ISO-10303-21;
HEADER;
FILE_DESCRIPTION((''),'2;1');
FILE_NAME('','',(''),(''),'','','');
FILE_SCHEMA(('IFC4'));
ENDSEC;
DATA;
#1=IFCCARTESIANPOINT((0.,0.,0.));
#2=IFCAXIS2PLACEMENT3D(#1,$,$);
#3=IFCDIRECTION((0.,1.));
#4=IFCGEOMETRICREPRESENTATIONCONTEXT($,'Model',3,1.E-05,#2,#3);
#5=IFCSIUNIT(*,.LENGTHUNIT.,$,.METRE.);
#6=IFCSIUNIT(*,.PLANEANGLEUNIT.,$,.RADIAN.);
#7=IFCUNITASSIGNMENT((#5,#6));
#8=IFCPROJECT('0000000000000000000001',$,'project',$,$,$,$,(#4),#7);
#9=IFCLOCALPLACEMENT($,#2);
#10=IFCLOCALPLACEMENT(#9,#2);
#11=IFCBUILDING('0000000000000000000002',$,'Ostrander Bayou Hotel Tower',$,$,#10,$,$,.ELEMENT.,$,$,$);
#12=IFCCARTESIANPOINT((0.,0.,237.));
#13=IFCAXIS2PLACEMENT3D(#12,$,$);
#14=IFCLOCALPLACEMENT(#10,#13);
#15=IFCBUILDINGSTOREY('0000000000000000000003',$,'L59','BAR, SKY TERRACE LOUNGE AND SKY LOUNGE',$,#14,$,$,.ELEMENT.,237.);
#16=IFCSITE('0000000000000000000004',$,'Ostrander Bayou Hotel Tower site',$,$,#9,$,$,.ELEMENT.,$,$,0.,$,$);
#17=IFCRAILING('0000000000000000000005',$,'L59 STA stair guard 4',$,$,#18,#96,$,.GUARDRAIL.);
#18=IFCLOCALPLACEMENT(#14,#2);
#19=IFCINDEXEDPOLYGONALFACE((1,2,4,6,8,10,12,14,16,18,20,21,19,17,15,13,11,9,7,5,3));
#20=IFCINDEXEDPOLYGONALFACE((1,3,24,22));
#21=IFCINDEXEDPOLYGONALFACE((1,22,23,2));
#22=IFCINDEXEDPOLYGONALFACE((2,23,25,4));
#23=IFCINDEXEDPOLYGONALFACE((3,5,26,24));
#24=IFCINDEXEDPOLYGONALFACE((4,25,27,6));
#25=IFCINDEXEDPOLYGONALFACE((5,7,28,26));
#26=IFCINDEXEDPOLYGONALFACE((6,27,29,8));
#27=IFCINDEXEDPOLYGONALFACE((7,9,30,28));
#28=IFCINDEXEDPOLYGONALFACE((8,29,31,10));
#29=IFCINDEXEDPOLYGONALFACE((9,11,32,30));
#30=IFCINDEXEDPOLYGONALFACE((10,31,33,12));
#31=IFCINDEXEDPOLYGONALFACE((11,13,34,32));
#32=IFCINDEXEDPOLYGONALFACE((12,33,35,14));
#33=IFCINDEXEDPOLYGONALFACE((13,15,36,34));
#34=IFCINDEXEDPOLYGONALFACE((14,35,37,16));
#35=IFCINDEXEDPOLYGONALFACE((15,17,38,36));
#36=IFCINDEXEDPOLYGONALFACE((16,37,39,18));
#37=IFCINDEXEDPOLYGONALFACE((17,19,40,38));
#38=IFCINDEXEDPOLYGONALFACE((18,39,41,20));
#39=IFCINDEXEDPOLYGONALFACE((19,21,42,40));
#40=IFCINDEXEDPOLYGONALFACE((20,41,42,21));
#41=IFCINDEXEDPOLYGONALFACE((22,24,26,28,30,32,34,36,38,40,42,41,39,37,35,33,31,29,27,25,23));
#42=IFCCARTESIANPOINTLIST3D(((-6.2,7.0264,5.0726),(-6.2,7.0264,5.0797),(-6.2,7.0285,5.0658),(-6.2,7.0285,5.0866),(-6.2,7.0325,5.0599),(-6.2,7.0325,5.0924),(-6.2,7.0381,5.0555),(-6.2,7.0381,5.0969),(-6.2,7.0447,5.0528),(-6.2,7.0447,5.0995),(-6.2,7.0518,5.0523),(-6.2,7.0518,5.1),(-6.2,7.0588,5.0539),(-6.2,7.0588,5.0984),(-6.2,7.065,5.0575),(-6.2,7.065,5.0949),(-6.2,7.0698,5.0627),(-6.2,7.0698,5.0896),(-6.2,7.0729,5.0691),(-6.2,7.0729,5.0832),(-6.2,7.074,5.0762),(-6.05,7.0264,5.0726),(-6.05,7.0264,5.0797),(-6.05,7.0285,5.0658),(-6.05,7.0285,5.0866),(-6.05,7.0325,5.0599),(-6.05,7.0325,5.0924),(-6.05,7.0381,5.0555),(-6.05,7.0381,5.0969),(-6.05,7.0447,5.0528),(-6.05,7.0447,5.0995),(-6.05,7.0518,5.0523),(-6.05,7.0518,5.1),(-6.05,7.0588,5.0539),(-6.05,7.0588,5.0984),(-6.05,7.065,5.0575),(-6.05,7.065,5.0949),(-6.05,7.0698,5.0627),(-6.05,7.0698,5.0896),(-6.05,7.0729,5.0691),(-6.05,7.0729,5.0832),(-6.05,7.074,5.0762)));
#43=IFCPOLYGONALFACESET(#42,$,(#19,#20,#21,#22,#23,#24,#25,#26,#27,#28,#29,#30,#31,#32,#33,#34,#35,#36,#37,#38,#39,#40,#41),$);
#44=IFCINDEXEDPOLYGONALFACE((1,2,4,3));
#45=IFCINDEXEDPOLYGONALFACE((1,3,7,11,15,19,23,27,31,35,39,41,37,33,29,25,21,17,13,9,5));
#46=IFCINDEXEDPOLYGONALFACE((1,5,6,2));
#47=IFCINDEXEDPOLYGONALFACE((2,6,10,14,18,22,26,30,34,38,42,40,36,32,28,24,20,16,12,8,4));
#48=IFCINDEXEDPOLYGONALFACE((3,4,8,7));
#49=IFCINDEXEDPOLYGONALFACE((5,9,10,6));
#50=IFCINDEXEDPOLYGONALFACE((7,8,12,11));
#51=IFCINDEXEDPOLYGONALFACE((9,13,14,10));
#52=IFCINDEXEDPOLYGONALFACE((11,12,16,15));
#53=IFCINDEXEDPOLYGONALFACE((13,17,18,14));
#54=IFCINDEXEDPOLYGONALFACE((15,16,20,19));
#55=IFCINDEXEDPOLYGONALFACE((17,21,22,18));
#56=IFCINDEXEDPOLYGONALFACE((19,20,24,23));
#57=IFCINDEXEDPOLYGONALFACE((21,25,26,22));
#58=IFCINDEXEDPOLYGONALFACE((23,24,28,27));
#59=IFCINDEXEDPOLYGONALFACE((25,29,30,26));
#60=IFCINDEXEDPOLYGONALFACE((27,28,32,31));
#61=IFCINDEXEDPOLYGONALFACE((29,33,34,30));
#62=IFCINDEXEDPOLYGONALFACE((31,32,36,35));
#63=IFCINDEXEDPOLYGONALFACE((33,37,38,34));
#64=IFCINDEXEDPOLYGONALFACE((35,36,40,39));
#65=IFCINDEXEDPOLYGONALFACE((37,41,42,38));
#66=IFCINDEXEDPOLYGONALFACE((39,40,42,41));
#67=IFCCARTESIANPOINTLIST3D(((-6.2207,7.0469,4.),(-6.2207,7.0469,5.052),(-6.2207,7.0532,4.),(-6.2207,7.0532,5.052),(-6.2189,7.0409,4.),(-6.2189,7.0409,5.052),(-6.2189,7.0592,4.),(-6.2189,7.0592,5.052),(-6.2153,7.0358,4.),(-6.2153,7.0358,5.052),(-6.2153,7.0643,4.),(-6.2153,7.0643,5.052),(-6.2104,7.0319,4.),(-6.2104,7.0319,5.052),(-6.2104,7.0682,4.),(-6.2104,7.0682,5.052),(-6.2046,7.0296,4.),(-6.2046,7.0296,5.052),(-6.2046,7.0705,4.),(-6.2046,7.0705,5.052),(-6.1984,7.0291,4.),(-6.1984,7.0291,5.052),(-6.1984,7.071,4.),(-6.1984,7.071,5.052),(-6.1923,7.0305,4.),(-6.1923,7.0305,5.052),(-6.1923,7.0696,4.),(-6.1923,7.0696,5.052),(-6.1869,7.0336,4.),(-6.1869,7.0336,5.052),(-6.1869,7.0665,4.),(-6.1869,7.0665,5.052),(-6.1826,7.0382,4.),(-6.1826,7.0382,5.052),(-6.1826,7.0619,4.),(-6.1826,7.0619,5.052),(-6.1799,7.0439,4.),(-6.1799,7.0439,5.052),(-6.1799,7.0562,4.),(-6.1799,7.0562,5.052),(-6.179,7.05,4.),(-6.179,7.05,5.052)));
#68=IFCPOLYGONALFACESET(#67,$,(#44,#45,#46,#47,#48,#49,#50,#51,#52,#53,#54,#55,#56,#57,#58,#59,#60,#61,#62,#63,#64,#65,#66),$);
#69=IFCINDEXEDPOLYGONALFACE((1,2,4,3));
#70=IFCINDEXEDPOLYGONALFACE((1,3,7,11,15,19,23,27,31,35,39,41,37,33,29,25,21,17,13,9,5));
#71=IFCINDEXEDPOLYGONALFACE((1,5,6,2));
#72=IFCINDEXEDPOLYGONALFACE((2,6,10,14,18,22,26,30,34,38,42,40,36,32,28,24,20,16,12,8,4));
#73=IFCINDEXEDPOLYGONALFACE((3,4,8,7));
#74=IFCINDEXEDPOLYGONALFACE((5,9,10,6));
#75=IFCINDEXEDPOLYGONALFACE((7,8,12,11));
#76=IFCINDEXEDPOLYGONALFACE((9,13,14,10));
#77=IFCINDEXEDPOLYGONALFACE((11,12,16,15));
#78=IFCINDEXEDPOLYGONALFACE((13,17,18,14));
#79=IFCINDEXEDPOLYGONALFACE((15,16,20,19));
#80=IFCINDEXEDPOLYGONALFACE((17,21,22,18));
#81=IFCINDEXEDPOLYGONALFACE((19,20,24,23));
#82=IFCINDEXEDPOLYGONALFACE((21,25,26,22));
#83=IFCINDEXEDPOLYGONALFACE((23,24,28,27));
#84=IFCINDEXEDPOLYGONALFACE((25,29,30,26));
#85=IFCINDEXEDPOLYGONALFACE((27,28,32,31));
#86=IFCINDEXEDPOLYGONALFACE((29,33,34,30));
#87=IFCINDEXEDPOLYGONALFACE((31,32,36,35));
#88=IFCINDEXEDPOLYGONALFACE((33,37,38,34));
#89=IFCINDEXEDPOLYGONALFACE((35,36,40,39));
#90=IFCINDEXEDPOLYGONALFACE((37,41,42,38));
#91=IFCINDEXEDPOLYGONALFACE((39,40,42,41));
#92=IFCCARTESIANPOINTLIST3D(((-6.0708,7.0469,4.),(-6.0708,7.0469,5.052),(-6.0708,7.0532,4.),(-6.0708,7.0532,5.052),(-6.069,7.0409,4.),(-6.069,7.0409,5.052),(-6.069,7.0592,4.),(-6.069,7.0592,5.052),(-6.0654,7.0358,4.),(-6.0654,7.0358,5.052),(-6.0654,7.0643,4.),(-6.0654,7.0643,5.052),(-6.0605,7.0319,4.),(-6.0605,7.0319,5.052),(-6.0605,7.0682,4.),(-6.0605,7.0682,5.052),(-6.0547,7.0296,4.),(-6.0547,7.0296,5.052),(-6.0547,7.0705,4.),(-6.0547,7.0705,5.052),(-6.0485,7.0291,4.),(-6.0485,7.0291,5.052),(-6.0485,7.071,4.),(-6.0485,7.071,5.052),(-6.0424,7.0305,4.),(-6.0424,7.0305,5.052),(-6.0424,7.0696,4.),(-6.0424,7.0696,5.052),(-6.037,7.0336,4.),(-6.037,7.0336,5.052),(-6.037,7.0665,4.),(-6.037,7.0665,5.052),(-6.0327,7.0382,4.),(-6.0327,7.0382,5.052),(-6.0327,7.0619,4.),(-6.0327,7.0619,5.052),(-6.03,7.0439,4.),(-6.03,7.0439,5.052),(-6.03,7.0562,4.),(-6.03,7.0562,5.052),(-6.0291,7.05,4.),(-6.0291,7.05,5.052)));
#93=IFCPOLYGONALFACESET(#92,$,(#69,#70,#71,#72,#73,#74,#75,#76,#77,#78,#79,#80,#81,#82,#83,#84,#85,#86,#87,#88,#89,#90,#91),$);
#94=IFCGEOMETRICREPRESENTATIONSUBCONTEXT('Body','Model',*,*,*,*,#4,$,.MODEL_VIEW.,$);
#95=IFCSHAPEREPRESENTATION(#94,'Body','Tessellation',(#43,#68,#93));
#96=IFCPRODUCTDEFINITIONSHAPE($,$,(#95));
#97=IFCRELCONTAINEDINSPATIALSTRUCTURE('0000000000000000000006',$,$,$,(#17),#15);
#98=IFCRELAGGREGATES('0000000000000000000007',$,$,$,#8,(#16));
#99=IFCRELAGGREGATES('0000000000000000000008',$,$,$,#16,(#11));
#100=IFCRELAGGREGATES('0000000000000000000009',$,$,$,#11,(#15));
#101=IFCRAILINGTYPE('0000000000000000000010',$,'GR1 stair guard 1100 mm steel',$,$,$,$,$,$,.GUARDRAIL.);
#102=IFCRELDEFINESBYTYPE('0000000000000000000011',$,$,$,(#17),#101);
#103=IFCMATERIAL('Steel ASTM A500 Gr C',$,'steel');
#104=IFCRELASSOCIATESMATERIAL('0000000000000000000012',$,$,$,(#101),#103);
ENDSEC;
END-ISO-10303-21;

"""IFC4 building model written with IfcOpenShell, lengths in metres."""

from ifc_helpers import new_model, si_unit, direction, frame, origin, origin_2d, place, context, subcontext, project, spatial, circle, extrude, material, type_object, element, save


model = new_model("IFC4")

# Units and contexts
model_context = context("Model", 3, precision=1e-05, world=origin(), true_north=direction((0.0, 1.0)))
body_context = subcontext(model_context, "Body", "Model", "MODEL_VIEW")
ifc_project = project(units=[si_unit("LENGTHUNIT", "METRE"), si_unit("PLANEANGLEUNIT", "RADIAN")], contexts=[model_context])

# Site, building, storey
site_placement = place(None, origin())
site = spatial("IfcSite", under=ifc_project, at=site_placement, Name="Ostrander Bayou Hotel Tower site", CompositionType="ELEMENT", RefElevation=0.0)
building_placement = place(site_placement, origin())
building = spatial("IfcBuilding", under=site, at=building_placement, Name="Ostrander Bayou Hotel Tower", CompositionType="ELEMENT")
storey_placement = place(building_placement, frame((0.0, 0.0, 237.0)))
storey = spatial("IfcBuildingStorey", under=building, at=storey_placement, Name="L59", Description="BAR, SKY TERRACE LOUNGE AND SKY LOUNGE", CompositionType="ELEMENT", Elevation=237.0)

# Railing
ifc_material_1 = material(Name="Steel ASTM A500 Gr C", Category="steel")
railing_type_1 = type_object("IfcRailingType", Name="GR1 stair guard 1100 mm steel", PredefinedType="GUARDRAIL", material=ifc_material_1)
railing_1_placement = place(storey_placement, frame((-6.2, 7.05, 4.0)))
element("IfcRailing", 1, at=railing_1_placement, inside=storey, type_object=railing_type_1, Name="L59 STA stair guard 4", PredefinedType="GUARDRAIL", context=body_context, shape_type="SweptSolid", body=[
    extrude(circle(Radius=0.0239, at=origin_2d()), frame((0.0, 0.0, 1.0762), z_axis=(1.0, 0.0, 0.0), x_axis=(0.0, 1.0, 0.0)), (0.0, 0.0, 1.0), 0.1499),
    extrude(circle(Radius=0.021, at=origin_2d()), origin(), (0.0, 0.0, 1.0), 1.052),
    extrude(circle(Radius=0.021, at=origin_2d()), frame((0.1499, 0.0, 0.0)), (0.0, 0.0, 1.0), 1.052),
])

save(model, "model.ifc")
